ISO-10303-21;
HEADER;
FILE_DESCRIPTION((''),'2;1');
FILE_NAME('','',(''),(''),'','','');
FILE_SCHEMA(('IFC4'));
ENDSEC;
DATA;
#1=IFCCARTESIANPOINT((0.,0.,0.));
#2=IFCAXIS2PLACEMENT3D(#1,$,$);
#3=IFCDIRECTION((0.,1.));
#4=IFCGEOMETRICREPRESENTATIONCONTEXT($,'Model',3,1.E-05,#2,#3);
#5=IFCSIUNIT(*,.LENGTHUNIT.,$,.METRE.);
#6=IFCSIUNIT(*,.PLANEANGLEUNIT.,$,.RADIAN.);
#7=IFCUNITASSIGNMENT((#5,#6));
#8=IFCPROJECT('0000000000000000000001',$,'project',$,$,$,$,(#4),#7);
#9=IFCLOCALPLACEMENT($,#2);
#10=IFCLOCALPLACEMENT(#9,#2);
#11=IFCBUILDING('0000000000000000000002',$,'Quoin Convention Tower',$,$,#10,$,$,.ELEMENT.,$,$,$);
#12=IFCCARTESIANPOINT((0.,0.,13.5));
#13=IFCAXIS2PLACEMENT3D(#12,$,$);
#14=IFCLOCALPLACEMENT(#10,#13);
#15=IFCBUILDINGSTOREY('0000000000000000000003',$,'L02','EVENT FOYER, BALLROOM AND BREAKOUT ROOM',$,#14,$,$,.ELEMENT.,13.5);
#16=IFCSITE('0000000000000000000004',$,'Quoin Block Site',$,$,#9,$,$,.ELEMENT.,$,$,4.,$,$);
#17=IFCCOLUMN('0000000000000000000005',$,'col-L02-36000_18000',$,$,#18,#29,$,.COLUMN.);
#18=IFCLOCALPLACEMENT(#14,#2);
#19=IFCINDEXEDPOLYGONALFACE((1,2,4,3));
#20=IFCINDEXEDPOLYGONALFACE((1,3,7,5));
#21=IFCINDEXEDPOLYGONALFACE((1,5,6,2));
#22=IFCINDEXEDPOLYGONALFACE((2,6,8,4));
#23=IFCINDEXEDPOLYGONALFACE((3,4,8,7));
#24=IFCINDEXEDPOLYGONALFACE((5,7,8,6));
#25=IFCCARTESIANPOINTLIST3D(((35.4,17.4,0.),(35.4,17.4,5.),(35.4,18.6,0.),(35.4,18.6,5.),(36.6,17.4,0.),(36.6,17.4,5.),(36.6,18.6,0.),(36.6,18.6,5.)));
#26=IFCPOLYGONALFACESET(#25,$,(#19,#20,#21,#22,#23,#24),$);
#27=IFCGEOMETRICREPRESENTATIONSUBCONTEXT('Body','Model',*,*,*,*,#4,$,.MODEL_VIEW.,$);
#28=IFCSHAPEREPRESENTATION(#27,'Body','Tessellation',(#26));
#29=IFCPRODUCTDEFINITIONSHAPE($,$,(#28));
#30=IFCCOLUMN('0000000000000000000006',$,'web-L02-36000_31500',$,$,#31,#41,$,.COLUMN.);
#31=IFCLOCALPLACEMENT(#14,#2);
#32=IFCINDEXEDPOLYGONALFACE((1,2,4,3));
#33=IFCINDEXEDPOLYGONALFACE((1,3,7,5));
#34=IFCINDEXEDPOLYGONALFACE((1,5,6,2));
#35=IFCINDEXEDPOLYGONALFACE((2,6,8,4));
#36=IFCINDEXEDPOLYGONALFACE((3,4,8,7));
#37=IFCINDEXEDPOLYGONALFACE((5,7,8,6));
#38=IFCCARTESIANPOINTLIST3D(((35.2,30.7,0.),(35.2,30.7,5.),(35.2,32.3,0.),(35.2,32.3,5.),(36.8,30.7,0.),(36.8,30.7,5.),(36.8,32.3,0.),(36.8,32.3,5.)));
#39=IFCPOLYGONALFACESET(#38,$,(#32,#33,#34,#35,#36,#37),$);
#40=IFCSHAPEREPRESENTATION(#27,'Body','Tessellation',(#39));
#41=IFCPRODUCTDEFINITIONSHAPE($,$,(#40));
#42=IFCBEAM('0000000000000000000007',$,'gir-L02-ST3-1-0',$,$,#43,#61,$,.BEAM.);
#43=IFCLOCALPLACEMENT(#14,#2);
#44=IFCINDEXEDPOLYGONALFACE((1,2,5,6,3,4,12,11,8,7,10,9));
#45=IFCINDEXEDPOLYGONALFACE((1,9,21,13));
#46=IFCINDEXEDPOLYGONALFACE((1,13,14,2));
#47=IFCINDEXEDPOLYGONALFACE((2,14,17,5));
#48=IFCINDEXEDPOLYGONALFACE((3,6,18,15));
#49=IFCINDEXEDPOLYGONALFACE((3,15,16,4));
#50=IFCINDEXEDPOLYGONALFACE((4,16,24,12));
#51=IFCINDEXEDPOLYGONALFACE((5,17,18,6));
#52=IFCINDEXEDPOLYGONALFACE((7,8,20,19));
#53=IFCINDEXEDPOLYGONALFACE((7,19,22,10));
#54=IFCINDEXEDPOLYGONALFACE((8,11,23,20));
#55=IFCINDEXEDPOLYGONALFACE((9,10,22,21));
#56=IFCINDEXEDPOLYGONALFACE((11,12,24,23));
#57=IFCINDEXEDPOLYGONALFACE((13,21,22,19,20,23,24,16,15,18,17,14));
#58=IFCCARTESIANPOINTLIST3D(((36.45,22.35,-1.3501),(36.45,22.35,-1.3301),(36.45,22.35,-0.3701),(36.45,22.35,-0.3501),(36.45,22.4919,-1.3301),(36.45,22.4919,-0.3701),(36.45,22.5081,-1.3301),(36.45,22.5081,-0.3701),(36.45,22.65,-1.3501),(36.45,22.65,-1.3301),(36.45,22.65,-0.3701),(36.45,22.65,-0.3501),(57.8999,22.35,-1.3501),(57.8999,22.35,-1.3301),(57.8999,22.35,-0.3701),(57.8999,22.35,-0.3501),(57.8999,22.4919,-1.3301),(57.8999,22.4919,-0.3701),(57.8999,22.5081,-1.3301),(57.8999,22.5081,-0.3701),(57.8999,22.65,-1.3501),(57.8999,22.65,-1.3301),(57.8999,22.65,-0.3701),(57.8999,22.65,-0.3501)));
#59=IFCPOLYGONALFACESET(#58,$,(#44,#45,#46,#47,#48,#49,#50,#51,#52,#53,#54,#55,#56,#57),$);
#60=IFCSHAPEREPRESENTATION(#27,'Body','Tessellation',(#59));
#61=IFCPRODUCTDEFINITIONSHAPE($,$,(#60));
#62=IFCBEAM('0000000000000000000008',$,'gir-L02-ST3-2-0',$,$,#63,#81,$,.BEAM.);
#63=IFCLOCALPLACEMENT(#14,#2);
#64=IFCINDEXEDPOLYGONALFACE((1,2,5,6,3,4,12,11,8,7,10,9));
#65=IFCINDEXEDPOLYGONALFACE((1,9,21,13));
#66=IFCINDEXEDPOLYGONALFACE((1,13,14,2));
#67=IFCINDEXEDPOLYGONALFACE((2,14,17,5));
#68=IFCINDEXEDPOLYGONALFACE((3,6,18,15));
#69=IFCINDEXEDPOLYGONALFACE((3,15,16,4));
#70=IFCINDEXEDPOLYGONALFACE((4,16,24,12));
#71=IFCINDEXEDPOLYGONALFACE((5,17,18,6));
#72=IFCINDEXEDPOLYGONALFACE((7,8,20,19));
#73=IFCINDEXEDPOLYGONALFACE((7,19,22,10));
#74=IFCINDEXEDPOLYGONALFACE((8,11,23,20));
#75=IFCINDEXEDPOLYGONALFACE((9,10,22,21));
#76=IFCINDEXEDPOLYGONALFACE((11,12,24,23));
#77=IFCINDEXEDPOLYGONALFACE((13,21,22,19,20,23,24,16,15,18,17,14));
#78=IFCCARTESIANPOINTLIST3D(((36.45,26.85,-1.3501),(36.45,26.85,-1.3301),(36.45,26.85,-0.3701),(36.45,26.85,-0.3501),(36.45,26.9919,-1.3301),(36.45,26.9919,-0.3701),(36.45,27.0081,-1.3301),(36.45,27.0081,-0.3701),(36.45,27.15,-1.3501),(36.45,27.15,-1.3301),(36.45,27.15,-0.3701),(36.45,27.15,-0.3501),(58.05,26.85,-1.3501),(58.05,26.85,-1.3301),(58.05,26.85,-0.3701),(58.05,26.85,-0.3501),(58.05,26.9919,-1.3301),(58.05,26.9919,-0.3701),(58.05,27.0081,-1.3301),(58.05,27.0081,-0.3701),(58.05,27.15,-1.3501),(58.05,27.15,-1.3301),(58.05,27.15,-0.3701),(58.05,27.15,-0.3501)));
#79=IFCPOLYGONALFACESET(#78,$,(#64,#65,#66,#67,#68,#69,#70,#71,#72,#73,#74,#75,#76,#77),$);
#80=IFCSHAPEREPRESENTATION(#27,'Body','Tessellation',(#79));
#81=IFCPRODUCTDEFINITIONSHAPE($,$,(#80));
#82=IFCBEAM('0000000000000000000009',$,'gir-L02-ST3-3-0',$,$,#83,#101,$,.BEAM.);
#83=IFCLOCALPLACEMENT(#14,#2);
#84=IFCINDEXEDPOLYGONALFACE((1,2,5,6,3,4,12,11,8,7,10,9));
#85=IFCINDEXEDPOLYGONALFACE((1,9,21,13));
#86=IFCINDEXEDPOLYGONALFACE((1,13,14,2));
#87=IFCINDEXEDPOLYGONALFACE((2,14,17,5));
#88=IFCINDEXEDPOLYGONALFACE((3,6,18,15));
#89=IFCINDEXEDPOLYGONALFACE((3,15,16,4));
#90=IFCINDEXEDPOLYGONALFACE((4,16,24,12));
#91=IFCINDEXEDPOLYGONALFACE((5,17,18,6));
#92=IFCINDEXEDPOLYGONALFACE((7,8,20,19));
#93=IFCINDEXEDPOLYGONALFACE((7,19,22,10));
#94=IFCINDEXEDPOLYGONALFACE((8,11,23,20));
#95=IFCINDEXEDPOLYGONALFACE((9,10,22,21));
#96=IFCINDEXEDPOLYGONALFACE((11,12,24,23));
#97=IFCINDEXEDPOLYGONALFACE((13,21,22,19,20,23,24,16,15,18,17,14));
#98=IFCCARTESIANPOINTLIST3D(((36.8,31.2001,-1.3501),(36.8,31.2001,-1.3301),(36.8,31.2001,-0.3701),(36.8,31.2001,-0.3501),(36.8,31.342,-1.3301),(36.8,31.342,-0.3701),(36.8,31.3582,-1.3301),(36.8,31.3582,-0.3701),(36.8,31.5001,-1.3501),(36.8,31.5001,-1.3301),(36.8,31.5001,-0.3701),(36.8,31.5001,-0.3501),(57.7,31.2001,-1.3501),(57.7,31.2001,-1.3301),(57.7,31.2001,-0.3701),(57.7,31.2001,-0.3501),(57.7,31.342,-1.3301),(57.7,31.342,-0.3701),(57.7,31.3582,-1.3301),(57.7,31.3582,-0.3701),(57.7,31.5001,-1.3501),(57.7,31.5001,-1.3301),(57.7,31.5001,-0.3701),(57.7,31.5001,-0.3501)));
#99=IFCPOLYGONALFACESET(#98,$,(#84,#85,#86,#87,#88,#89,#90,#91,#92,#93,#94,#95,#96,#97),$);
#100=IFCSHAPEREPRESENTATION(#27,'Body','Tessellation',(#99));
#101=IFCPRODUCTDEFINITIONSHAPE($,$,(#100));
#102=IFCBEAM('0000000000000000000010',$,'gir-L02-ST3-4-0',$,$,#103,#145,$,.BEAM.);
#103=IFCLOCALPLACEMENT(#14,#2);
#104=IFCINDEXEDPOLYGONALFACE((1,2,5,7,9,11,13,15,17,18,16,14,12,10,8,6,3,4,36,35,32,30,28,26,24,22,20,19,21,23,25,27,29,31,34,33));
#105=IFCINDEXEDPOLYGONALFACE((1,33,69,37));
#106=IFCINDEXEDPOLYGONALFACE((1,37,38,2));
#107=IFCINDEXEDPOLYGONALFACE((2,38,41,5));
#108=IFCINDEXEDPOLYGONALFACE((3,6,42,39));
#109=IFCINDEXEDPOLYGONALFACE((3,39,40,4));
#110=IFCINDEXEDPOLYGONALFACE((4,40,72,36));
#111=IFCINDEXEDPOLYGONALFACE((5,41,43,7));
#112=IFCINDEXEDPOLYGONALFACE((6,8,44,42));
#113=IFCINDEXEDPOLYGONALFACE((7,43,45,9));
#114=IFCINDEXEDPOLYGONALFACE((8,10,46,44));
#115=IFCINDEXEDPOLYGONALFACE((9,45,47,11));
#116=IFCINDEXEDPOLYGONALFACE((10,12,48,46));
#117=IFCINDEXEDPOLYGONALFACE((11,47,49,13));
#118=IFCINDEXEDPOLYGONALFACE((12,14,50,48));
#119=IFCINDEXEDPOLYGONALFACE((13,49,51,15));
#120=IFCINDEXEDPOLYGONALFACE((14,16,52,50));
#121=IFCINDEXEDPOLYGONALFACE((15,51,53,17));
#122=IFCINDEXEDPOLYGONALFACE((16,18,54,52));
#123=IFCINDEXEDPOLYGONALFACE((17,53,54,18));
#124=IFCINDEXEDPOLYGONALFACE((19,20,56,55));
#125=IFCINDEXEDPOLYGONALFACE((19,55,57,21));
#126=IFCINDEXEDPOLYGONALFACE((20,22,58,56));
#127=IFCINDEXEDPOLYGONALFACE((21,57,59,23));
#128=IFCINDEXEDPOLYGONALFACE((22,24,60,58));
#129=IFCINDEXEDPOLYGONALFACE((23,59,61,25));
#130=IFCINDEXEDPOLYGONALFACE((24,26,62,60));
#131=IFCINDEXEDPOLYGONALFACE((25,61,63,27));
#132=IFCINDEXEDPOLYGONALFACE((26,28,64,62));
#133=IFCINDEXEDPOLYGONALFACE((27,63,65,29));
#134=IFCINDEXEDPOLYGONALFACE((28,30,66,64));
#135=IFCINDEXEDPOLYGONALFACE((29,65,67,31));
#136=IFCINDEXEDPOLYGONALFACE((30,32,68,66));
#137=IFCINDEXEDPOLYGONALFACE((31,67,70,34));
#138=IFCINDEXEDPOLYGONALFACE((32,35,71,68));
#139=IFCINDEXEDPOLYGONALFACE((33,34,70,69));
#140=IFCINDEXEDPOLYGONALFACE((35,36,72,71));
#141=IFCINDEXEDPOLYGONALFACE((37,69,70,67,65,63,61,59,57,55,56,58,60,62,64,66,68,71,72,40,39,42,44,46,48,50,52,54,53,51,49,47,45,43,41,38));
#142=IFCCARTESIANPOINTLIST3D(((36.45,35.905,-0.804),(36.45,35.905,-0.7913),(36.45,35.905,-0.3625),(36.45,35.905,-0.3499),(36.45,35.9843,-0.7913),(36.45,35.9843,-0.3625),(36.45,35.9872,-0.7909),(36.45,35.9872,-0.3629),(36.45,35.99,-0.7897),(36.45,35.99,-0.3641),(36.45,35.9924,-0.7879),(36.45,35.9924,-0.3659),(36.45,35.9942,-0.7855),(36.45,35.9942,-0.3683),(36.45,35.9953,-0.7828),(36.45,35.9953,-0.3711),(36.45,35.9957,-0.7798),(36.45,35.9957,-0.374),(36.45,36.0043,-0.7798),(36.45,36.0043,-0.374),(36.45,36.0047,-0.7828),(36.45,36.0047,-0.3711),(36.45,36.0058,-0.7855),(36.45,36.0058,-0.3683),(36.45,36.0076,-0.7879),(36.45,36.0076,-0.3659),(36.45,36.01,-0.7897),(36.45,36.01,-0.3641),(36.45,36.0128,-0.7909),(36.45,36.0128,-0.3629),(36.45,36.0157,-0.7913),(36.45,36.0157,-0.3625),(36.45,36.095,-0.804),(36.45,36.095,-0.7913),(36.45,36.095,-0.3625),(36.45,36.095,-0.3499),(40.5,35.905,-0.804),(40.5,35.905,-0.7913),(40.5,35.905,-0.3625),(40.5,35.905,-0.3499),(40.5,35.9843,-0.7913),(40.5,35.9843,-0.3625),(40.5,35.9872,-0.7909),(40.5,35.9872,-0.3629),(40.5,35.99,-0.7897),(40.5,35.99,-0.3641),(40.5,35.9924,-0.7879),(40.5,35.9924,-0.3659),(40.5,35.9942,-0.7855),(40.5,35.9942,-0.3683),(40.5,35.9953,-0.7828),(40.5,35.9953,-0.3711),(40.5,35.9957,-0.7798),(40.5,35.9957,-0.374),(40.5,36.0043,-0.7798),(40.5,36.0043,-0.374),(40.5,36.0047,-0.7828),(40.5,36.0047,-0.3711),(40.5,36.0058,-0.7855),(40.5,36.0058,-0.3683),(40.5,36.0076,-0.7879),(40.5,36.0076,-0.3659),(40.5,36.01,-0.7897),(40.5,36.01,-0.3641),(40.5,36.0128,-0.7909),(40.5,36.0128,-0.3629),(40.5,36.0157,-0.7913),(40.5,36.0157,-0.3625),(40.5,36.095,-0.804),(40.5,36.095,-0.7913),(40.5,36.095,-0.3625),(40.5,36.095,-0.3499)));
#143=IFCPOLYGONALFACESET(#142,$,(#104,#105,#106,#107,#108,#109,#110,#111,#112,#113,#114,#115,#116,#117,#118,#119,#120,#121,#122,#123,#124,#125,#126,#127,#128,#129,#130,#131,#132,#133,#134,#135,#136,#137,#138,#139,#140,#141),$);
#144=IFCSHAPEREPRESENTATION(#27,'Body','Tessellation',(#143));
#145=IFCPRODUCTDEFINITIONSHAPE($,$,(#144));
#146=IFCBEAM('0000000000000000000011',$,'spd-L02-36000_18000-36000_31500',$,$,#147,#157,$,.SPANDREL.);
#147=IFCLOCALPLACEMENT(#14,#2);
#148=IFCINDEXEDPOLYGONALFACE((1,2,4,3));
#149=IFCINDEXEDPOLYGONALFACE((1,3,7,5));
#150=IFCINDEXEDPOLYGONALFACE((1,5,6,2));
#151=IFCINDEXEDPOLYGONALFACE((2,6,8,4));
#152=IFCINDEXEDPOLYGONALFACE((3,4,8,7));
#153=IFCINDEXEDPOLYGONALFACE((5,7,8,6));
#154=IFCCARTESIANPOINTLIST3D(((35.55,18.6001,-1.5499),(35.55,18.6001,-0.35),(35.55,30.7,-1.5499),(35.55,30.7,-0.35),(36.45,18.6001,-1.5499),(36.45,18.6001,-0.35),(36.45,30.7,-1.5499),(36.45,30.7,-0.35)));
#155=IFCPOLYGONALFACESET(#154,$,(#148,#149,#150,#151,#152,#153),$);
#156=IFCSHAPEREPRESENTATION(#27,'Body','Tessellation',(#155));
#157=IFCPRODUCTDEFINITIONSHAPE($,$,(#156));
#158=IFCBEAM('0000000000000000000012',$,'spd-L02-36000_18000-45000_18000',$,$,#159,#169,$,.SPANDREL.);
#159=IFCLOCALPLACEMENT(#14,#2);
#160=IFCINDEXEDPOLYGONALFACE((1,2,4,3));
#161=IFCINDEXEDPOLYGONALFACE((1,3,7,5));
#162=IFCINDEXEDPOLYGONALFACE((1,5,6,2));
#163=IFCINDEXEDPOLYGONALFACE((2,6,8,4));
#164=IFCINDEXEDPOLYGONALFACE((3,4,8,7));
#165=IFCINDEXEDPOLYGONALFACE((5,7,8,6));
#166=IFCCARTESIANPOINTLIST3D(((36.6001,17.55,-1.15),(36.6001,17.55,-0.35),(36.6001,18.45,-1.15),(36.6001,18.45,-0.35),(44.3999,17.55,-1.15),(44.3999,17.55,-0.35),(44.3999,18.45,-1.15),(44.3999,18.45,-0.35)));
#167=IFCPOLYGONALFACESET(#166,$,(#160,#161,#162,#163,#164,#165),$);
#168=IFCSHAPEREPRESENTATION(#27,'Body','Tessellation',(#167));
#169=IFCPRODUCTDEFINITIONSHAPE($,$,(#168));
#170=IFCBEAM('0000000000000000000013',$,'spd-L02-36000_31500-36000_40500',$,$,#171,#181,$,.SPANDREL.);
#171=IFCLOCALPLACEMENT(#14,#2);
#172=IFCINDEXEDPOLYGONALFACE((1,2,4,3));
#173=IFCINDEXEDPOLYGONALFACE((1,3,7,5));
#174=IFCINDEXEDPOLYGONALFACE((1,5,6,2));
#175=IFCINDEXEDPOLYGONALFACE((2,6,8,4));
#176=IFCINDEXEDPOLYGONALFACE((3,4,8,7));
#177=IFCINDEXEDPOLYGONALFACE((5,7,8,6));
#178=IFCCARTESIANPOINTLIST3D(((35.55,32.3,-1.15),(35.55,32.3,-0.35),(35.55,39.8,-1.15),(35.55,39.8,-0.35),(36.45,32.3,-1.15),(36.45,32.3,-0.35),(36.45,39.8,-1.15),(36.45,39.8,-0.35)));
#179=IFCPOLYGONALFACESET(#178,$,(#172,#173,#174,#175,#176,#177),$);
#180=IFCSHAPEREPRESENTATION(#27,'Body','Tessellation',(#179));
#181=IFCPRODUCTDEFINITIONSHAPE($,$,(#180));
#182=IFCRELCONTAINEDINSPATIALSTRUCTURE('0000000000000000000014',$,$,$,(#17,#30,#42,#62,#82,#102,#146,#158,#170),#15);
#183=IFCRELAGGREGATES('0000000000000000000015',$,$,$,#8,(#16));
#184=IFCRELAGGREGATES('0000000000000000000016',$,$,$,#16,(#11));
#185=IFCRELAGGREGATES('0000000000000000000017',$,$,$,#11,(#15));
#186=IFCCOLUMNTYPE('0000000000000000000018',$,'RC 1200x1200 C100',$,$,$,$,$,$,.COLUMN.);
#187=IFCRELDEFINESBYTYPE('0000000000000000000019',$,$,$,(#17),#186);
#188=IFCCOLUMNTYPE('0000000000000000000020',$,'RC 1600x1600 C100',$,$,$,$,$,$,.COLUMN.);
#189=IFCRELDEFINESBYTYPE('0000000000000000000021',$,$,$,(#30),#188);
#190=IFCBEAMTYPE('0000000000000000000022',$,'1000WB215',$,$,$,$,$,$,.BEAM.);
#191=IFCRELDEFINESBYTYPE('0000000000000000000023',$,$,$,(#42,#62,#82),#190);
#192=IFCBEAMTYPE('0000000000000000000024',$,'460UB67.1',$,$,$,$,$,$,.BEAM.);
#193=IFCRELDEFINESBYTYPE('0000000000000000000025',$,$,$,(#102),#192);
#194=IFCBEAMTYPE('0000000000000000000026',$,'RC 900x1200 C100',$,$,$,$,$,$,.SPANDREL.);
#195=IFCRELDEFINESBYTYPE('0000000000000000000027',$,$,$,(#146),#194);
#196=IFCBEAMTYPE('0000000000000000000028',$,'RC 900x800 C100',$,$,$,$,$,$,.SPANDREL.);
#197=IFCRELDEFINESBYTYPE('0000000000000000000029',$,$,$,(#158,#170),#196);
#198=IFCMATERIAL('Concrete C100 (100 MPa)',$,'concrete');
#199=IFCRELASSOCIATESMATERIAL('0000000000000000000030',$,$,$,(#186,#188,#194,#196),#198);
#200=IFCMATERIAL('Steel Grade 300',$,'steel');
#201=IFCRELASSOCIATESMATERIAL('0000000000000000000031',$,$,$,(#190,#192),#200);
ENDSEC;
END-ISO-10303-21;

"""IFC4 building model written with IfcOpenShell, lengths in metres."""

from ifc_helpers import new_model, si_unit, direction, frame, origin, origin_2d, place, context, subcontext, project, spatial, rectangle, i_section, extrude, material, material_profile, profile_set, type_object, element, save


model = new_model("IFC4")

# Units and contexts
model_context = context("Model", 3, precision=1e-05, world=origin(), true_north=direction((0.0, 1.0)))
body_context = subcontext(model_context, "Body", "Model", "MODEL_VIEW")
ifc_project = project(units=[si_unit("LENGTHUNIT", "METRE"), si_unit("PLANEANGLEUNIT", "RADIAN")], contexts=[model_context])

# Site, building, storey
site_placement = place(None, origin())
site = spatial("IfcSite", under=ifc_project, at=site_placement, Name="Quoin Block Site", CompositionType="ELEMENT", RefElevation=4.0)
building_placement = place(site_placement, origin())
building = spatial("IfcBuilding", under=site, at=building_placement, Name="Quoin Convention Tower", CompositionType="ELEMENT")
storey_placement = place(building_placement, frame((0.0, 0.0, 13.5)))
storey = spatial("IfcBuildingStorey", under=building, at=storey_placement, Name="L02", Description="EVENT FOYER, BALLROOM AND BREAKOUT ROOM", CompositionType="ELEMENT", Elevation=13.5)

# Columns
ifc_material_1 = material(Name="Concrete C100 (100 MPa)", Category="concrete")
ifc_material_profile_1 = material_profile(ifc_material_1, rectangle(XDim=1.2, YDim=1.2, at=origin_2d()), Name="RC 1200x1200")
ifc_profile_set_1 = profile_set([ifc_material_profile_1], Name="Concrete C100 (100 MPa)")
column_type_1 = type_object("IfcColumnType", Name="RC 1200x1200 C100", PredefinedType="COLUMN", material=ifc_profile_set_1)
column_1_placement = place(storey_placement, frame((36.0, 18.0, 0.0), z_axis=(0.0, 0.0, 1.0), x_axis=(1.0, 0.0, 0.0)))
element("IfcColumn", 1, at=column_1_placement, inside=storey, type_object=column_type_1, Name="col-L02-36000_18000", PredefinedType="COLUMN", context=body_context, shape_type="SweptSolid", body=[
    extrude(rectangle(XDim=1.2, YDim=1.2, at=origin_2d()), origin(), (0.0, 0.0, 1.0), 5.0),
])
ifc_material_profile_2 = material_profile(ifc_material_1, rectangle(XDim=1.6001, YDim=1.6001, at=origin_2d()), Name="RC 1600x1600")
ifc_profile_set_2 = profile_set([ifc_material_profile_2], Name="Concrete C100 (100 MPa)")
column_type_2 = type_object("IfcColumnType", Name="RC 1600x1600 C100", PredefinedType="COLUMN", material=ifc_profile_set_2)
column_2_placement = place(storey_placement, frame((36.0, 31.5, 0.0), z_axis=(0.0, 0.0, 1.0), x_axis=(1.0, 0.0, 0.0)))
element("IfcColumn", 2, at=column_2_placement, inside=storey, type_object=column_type_2, Name="web-L02-36000_31500", PredefinedType="COLUMN", context=body_context, shape_type="SweptSolid", body=[
    extrude(rectangle(XDim=1.6001, YDim=1.6001, at=origin_2d()), origin(), (0.0, 0.0, 1.0), 5.0),
])

# Beams
ifc_material_2 = material(Name="Steel Grade 300", Category="steel")
ifc_material_profile_3 = material_profile(ifc_material_2, i_section(OverallWidth=0.3, OverallDepth=1.0, WebThickness=0.0161, FlangeThickness=0.02, at=origin_2d()), Name="1000WB215")
ifc_profile_set_3 = profile_set([ifc_material_profile_3], Name="Steel Grade 300")
beam_type_1 = type_object("IfcBeamType", Name="1000WB215", PredefinedType="BEAM", material=ifc_profile_set_3)
beam_1_placement = place(storey_placement, frame((36.45, 22.5, -0.8501), z_axis=(1.0, 0.0, 0.0), x_axis=(0.0, 1.0, 0.0)))
element("IfcBeam", 3, at=beam_1_placement, inside=storey, type_object=beam_type_1, Name="gir-L02-ST3-1-0", PredefinedType="BEAM", context=body_context, shape_type="SweptSolid", body=[
    extrude(i_section(OverallWidth=0.3, OverallDepth=1.0, WebThickness=0.0161, FlangeThickness=0.02, at=origin_2d()), origin(), (0.0, 0.0, 1.0), 21.45),
])
beam_2_placement = place(storey_placement, frame((36.45, 27.0, -0.8501), z_axis=(1.0, 0.0, 0.0), x_axis=(0.0, 1.0, 0.0)))
element("IfcBeam", 4, at=beam_2_placement, inside=storey, type_object=beam_type_1, Name="gir-L02-ST3-2-0", PredefinedType="BEAM", context=body_context, shape_type="SweptSolid", body=[
    extrude(i_section(OverallWidth=0.3, OverallDepth=1.0, WebThickness=0.0161, FlangeThickness=0.02, at=origin_2d()), origin(), (0.0, 0.0, 1.0), 21.6001),
])
beam_3_placement = place(storey_placement, frame((36.8, 31.3501, -0.8501), z_axis=(1.0, 0.0, 0.0), x_axis=(0.0, 1.0, 0.0)))
element("IfcBeam", 5, at=beam_3_placement, inside=storey, type_object=beam_type_1, Name="gir-L02-ST3-3-0", PredefinedType="BEAM", context=body_context, shape_type="SweptSolid", body=[
    extrude(i_section(OverallWidth=0.3, OverallDepth=1.0, WebThickness=0.0161, FlangeThickness=0.02, at=origin_2d()), origin(), (0.0, 0.0, 1.0), 20.8999),
])
ifc_material_profile_4 = material_profile(ifc_material_2, i_section(OverallWidth=0.1899, OverallDepth=0.4541, WebThickness=0.0085, FlangeThickness=0.0127, FilletRadius=0.0115, at=origin_2d()), Name="460UB67.1")
ifc_profile_set_4 = profile_set([ifc_material_profile_4], Name="Steel Grade 300")
beam_type_2 = type_object("IfcBeamType", Name="460UB67.1", PredefinedType="BEAM", material=ifc_profile_set_4)
beam_4_placement = place(storey_placement, frame((36.45, 36.0, -0.5769), z_axis=(1.0, 0.0, 0.0), x_axis=(0.0, 1.0, 0.0)))
element("IfcBeam", 6, at=beam_4_placement, inside=storey, type_object=beam_type_2, Name="gir-L02-ST3-4-0", PredefinedType="BEAM", context=body_context, shape_type="SweptSolid", body=[
    extrude(i_section(OverallWidth=0.1899, OverallDepth=0.4541, WebThickness=0.0085, FlangeThickness=0.0127, FilletRadius=0.0115, at=origin_2d()), origin(), (0.0, 0.0, 1.0), 4.05),
])
ifc_material_profile_5 = material_profile(ifc_material_1, rectangle(XDim=0.8999, YDim=1.2, at=origin_2d()), Name="RC 900x1200")
ifc_profile_set_5 = profile_set([ifc_material_profile_5], Name="Concrete C100 (100 MPa)")
beam_type_3 = type_object("IfcBeamType", Name="RC 900x1200 C100", PredefinedType="SPANDREL", material=ifc_profile_set_5)
beam_5_placement = place(storey_placement, frame((36.0, 18.6001, -0.95), z_axis=(0.0, 1.0, 0.0), x_axis=(-1.0, 0.0, 0.0)))
element("IfcBeam", 7, at=beam_5_placement, inside=storey, type_object=beam_type_3, Name="spd-L02-36000_18000-36000_31500", PredefinedType="SPANDREL", context=body_context, shape_type="SweptSolid", body=[
    extrude(rectangle(XDim=0.8999, YDim=1.2, at=origin_2d()), origin(), (0.0, 0.0, 1.0), 12.0999),
])
ifc_material_profile_6 = material_profile(ifc_material_1, rectangle(XDim=0.8999, YDim=0.8, at=origin_2d()), Name="RC 900x800")
ifc_profile_set_6 = profile_set([ifc_material_profile_6], Name="Concrete C100 (100 MPa)")
beam_type_4 = type_object("IfcBeamType", Name="RC 900x800 C100", PredefinedType="SPANDREL", material=ifc_profile_set_6)
beam_6_placement = place(storey_placement, frame((36.6001, 18.0, -0.75), z_axis=(1.0, 0.0, 0.0), x_axis=(0.0, 1.0, 0.0)))
element("IfcBeam", 8, at=beam_6_placement, inside=storey, type_object=beam_type_4, Name="spd-L02-36000_18000-45000_18000", PredefinedType="SPANDREL", context=body_context, shape_type="SweptSolid", body=[
    extrude(rectangle(XDim=0.8999, YDim=0.8, at=origin_2d()), origin(), (0.0, 0.0, 1.0), 7.7998),
])
beam_7_placement = place(storey_placement, frame((36.0, 32.3, -0.75), z_axis=(0.0, 1.0, 0.0), x_axis=(-1.0, 0.0, 0.0)))
element("IfcBeam", 9, at=beam_7_placement, inside=storey, type_object=beam_type_4, Name="spd-L02-36000_31500-36000_40500", PredefinedType="SPANDREL", context=body_context, shape_type="SweptSolid", body=[
    extrude(rectangle(XDim=0.8999, YDim=0.8, at=origin_2d()), origin(), (0.0, 0.0, 1.0), 7.5),
])

save(model, "model.ifc")
